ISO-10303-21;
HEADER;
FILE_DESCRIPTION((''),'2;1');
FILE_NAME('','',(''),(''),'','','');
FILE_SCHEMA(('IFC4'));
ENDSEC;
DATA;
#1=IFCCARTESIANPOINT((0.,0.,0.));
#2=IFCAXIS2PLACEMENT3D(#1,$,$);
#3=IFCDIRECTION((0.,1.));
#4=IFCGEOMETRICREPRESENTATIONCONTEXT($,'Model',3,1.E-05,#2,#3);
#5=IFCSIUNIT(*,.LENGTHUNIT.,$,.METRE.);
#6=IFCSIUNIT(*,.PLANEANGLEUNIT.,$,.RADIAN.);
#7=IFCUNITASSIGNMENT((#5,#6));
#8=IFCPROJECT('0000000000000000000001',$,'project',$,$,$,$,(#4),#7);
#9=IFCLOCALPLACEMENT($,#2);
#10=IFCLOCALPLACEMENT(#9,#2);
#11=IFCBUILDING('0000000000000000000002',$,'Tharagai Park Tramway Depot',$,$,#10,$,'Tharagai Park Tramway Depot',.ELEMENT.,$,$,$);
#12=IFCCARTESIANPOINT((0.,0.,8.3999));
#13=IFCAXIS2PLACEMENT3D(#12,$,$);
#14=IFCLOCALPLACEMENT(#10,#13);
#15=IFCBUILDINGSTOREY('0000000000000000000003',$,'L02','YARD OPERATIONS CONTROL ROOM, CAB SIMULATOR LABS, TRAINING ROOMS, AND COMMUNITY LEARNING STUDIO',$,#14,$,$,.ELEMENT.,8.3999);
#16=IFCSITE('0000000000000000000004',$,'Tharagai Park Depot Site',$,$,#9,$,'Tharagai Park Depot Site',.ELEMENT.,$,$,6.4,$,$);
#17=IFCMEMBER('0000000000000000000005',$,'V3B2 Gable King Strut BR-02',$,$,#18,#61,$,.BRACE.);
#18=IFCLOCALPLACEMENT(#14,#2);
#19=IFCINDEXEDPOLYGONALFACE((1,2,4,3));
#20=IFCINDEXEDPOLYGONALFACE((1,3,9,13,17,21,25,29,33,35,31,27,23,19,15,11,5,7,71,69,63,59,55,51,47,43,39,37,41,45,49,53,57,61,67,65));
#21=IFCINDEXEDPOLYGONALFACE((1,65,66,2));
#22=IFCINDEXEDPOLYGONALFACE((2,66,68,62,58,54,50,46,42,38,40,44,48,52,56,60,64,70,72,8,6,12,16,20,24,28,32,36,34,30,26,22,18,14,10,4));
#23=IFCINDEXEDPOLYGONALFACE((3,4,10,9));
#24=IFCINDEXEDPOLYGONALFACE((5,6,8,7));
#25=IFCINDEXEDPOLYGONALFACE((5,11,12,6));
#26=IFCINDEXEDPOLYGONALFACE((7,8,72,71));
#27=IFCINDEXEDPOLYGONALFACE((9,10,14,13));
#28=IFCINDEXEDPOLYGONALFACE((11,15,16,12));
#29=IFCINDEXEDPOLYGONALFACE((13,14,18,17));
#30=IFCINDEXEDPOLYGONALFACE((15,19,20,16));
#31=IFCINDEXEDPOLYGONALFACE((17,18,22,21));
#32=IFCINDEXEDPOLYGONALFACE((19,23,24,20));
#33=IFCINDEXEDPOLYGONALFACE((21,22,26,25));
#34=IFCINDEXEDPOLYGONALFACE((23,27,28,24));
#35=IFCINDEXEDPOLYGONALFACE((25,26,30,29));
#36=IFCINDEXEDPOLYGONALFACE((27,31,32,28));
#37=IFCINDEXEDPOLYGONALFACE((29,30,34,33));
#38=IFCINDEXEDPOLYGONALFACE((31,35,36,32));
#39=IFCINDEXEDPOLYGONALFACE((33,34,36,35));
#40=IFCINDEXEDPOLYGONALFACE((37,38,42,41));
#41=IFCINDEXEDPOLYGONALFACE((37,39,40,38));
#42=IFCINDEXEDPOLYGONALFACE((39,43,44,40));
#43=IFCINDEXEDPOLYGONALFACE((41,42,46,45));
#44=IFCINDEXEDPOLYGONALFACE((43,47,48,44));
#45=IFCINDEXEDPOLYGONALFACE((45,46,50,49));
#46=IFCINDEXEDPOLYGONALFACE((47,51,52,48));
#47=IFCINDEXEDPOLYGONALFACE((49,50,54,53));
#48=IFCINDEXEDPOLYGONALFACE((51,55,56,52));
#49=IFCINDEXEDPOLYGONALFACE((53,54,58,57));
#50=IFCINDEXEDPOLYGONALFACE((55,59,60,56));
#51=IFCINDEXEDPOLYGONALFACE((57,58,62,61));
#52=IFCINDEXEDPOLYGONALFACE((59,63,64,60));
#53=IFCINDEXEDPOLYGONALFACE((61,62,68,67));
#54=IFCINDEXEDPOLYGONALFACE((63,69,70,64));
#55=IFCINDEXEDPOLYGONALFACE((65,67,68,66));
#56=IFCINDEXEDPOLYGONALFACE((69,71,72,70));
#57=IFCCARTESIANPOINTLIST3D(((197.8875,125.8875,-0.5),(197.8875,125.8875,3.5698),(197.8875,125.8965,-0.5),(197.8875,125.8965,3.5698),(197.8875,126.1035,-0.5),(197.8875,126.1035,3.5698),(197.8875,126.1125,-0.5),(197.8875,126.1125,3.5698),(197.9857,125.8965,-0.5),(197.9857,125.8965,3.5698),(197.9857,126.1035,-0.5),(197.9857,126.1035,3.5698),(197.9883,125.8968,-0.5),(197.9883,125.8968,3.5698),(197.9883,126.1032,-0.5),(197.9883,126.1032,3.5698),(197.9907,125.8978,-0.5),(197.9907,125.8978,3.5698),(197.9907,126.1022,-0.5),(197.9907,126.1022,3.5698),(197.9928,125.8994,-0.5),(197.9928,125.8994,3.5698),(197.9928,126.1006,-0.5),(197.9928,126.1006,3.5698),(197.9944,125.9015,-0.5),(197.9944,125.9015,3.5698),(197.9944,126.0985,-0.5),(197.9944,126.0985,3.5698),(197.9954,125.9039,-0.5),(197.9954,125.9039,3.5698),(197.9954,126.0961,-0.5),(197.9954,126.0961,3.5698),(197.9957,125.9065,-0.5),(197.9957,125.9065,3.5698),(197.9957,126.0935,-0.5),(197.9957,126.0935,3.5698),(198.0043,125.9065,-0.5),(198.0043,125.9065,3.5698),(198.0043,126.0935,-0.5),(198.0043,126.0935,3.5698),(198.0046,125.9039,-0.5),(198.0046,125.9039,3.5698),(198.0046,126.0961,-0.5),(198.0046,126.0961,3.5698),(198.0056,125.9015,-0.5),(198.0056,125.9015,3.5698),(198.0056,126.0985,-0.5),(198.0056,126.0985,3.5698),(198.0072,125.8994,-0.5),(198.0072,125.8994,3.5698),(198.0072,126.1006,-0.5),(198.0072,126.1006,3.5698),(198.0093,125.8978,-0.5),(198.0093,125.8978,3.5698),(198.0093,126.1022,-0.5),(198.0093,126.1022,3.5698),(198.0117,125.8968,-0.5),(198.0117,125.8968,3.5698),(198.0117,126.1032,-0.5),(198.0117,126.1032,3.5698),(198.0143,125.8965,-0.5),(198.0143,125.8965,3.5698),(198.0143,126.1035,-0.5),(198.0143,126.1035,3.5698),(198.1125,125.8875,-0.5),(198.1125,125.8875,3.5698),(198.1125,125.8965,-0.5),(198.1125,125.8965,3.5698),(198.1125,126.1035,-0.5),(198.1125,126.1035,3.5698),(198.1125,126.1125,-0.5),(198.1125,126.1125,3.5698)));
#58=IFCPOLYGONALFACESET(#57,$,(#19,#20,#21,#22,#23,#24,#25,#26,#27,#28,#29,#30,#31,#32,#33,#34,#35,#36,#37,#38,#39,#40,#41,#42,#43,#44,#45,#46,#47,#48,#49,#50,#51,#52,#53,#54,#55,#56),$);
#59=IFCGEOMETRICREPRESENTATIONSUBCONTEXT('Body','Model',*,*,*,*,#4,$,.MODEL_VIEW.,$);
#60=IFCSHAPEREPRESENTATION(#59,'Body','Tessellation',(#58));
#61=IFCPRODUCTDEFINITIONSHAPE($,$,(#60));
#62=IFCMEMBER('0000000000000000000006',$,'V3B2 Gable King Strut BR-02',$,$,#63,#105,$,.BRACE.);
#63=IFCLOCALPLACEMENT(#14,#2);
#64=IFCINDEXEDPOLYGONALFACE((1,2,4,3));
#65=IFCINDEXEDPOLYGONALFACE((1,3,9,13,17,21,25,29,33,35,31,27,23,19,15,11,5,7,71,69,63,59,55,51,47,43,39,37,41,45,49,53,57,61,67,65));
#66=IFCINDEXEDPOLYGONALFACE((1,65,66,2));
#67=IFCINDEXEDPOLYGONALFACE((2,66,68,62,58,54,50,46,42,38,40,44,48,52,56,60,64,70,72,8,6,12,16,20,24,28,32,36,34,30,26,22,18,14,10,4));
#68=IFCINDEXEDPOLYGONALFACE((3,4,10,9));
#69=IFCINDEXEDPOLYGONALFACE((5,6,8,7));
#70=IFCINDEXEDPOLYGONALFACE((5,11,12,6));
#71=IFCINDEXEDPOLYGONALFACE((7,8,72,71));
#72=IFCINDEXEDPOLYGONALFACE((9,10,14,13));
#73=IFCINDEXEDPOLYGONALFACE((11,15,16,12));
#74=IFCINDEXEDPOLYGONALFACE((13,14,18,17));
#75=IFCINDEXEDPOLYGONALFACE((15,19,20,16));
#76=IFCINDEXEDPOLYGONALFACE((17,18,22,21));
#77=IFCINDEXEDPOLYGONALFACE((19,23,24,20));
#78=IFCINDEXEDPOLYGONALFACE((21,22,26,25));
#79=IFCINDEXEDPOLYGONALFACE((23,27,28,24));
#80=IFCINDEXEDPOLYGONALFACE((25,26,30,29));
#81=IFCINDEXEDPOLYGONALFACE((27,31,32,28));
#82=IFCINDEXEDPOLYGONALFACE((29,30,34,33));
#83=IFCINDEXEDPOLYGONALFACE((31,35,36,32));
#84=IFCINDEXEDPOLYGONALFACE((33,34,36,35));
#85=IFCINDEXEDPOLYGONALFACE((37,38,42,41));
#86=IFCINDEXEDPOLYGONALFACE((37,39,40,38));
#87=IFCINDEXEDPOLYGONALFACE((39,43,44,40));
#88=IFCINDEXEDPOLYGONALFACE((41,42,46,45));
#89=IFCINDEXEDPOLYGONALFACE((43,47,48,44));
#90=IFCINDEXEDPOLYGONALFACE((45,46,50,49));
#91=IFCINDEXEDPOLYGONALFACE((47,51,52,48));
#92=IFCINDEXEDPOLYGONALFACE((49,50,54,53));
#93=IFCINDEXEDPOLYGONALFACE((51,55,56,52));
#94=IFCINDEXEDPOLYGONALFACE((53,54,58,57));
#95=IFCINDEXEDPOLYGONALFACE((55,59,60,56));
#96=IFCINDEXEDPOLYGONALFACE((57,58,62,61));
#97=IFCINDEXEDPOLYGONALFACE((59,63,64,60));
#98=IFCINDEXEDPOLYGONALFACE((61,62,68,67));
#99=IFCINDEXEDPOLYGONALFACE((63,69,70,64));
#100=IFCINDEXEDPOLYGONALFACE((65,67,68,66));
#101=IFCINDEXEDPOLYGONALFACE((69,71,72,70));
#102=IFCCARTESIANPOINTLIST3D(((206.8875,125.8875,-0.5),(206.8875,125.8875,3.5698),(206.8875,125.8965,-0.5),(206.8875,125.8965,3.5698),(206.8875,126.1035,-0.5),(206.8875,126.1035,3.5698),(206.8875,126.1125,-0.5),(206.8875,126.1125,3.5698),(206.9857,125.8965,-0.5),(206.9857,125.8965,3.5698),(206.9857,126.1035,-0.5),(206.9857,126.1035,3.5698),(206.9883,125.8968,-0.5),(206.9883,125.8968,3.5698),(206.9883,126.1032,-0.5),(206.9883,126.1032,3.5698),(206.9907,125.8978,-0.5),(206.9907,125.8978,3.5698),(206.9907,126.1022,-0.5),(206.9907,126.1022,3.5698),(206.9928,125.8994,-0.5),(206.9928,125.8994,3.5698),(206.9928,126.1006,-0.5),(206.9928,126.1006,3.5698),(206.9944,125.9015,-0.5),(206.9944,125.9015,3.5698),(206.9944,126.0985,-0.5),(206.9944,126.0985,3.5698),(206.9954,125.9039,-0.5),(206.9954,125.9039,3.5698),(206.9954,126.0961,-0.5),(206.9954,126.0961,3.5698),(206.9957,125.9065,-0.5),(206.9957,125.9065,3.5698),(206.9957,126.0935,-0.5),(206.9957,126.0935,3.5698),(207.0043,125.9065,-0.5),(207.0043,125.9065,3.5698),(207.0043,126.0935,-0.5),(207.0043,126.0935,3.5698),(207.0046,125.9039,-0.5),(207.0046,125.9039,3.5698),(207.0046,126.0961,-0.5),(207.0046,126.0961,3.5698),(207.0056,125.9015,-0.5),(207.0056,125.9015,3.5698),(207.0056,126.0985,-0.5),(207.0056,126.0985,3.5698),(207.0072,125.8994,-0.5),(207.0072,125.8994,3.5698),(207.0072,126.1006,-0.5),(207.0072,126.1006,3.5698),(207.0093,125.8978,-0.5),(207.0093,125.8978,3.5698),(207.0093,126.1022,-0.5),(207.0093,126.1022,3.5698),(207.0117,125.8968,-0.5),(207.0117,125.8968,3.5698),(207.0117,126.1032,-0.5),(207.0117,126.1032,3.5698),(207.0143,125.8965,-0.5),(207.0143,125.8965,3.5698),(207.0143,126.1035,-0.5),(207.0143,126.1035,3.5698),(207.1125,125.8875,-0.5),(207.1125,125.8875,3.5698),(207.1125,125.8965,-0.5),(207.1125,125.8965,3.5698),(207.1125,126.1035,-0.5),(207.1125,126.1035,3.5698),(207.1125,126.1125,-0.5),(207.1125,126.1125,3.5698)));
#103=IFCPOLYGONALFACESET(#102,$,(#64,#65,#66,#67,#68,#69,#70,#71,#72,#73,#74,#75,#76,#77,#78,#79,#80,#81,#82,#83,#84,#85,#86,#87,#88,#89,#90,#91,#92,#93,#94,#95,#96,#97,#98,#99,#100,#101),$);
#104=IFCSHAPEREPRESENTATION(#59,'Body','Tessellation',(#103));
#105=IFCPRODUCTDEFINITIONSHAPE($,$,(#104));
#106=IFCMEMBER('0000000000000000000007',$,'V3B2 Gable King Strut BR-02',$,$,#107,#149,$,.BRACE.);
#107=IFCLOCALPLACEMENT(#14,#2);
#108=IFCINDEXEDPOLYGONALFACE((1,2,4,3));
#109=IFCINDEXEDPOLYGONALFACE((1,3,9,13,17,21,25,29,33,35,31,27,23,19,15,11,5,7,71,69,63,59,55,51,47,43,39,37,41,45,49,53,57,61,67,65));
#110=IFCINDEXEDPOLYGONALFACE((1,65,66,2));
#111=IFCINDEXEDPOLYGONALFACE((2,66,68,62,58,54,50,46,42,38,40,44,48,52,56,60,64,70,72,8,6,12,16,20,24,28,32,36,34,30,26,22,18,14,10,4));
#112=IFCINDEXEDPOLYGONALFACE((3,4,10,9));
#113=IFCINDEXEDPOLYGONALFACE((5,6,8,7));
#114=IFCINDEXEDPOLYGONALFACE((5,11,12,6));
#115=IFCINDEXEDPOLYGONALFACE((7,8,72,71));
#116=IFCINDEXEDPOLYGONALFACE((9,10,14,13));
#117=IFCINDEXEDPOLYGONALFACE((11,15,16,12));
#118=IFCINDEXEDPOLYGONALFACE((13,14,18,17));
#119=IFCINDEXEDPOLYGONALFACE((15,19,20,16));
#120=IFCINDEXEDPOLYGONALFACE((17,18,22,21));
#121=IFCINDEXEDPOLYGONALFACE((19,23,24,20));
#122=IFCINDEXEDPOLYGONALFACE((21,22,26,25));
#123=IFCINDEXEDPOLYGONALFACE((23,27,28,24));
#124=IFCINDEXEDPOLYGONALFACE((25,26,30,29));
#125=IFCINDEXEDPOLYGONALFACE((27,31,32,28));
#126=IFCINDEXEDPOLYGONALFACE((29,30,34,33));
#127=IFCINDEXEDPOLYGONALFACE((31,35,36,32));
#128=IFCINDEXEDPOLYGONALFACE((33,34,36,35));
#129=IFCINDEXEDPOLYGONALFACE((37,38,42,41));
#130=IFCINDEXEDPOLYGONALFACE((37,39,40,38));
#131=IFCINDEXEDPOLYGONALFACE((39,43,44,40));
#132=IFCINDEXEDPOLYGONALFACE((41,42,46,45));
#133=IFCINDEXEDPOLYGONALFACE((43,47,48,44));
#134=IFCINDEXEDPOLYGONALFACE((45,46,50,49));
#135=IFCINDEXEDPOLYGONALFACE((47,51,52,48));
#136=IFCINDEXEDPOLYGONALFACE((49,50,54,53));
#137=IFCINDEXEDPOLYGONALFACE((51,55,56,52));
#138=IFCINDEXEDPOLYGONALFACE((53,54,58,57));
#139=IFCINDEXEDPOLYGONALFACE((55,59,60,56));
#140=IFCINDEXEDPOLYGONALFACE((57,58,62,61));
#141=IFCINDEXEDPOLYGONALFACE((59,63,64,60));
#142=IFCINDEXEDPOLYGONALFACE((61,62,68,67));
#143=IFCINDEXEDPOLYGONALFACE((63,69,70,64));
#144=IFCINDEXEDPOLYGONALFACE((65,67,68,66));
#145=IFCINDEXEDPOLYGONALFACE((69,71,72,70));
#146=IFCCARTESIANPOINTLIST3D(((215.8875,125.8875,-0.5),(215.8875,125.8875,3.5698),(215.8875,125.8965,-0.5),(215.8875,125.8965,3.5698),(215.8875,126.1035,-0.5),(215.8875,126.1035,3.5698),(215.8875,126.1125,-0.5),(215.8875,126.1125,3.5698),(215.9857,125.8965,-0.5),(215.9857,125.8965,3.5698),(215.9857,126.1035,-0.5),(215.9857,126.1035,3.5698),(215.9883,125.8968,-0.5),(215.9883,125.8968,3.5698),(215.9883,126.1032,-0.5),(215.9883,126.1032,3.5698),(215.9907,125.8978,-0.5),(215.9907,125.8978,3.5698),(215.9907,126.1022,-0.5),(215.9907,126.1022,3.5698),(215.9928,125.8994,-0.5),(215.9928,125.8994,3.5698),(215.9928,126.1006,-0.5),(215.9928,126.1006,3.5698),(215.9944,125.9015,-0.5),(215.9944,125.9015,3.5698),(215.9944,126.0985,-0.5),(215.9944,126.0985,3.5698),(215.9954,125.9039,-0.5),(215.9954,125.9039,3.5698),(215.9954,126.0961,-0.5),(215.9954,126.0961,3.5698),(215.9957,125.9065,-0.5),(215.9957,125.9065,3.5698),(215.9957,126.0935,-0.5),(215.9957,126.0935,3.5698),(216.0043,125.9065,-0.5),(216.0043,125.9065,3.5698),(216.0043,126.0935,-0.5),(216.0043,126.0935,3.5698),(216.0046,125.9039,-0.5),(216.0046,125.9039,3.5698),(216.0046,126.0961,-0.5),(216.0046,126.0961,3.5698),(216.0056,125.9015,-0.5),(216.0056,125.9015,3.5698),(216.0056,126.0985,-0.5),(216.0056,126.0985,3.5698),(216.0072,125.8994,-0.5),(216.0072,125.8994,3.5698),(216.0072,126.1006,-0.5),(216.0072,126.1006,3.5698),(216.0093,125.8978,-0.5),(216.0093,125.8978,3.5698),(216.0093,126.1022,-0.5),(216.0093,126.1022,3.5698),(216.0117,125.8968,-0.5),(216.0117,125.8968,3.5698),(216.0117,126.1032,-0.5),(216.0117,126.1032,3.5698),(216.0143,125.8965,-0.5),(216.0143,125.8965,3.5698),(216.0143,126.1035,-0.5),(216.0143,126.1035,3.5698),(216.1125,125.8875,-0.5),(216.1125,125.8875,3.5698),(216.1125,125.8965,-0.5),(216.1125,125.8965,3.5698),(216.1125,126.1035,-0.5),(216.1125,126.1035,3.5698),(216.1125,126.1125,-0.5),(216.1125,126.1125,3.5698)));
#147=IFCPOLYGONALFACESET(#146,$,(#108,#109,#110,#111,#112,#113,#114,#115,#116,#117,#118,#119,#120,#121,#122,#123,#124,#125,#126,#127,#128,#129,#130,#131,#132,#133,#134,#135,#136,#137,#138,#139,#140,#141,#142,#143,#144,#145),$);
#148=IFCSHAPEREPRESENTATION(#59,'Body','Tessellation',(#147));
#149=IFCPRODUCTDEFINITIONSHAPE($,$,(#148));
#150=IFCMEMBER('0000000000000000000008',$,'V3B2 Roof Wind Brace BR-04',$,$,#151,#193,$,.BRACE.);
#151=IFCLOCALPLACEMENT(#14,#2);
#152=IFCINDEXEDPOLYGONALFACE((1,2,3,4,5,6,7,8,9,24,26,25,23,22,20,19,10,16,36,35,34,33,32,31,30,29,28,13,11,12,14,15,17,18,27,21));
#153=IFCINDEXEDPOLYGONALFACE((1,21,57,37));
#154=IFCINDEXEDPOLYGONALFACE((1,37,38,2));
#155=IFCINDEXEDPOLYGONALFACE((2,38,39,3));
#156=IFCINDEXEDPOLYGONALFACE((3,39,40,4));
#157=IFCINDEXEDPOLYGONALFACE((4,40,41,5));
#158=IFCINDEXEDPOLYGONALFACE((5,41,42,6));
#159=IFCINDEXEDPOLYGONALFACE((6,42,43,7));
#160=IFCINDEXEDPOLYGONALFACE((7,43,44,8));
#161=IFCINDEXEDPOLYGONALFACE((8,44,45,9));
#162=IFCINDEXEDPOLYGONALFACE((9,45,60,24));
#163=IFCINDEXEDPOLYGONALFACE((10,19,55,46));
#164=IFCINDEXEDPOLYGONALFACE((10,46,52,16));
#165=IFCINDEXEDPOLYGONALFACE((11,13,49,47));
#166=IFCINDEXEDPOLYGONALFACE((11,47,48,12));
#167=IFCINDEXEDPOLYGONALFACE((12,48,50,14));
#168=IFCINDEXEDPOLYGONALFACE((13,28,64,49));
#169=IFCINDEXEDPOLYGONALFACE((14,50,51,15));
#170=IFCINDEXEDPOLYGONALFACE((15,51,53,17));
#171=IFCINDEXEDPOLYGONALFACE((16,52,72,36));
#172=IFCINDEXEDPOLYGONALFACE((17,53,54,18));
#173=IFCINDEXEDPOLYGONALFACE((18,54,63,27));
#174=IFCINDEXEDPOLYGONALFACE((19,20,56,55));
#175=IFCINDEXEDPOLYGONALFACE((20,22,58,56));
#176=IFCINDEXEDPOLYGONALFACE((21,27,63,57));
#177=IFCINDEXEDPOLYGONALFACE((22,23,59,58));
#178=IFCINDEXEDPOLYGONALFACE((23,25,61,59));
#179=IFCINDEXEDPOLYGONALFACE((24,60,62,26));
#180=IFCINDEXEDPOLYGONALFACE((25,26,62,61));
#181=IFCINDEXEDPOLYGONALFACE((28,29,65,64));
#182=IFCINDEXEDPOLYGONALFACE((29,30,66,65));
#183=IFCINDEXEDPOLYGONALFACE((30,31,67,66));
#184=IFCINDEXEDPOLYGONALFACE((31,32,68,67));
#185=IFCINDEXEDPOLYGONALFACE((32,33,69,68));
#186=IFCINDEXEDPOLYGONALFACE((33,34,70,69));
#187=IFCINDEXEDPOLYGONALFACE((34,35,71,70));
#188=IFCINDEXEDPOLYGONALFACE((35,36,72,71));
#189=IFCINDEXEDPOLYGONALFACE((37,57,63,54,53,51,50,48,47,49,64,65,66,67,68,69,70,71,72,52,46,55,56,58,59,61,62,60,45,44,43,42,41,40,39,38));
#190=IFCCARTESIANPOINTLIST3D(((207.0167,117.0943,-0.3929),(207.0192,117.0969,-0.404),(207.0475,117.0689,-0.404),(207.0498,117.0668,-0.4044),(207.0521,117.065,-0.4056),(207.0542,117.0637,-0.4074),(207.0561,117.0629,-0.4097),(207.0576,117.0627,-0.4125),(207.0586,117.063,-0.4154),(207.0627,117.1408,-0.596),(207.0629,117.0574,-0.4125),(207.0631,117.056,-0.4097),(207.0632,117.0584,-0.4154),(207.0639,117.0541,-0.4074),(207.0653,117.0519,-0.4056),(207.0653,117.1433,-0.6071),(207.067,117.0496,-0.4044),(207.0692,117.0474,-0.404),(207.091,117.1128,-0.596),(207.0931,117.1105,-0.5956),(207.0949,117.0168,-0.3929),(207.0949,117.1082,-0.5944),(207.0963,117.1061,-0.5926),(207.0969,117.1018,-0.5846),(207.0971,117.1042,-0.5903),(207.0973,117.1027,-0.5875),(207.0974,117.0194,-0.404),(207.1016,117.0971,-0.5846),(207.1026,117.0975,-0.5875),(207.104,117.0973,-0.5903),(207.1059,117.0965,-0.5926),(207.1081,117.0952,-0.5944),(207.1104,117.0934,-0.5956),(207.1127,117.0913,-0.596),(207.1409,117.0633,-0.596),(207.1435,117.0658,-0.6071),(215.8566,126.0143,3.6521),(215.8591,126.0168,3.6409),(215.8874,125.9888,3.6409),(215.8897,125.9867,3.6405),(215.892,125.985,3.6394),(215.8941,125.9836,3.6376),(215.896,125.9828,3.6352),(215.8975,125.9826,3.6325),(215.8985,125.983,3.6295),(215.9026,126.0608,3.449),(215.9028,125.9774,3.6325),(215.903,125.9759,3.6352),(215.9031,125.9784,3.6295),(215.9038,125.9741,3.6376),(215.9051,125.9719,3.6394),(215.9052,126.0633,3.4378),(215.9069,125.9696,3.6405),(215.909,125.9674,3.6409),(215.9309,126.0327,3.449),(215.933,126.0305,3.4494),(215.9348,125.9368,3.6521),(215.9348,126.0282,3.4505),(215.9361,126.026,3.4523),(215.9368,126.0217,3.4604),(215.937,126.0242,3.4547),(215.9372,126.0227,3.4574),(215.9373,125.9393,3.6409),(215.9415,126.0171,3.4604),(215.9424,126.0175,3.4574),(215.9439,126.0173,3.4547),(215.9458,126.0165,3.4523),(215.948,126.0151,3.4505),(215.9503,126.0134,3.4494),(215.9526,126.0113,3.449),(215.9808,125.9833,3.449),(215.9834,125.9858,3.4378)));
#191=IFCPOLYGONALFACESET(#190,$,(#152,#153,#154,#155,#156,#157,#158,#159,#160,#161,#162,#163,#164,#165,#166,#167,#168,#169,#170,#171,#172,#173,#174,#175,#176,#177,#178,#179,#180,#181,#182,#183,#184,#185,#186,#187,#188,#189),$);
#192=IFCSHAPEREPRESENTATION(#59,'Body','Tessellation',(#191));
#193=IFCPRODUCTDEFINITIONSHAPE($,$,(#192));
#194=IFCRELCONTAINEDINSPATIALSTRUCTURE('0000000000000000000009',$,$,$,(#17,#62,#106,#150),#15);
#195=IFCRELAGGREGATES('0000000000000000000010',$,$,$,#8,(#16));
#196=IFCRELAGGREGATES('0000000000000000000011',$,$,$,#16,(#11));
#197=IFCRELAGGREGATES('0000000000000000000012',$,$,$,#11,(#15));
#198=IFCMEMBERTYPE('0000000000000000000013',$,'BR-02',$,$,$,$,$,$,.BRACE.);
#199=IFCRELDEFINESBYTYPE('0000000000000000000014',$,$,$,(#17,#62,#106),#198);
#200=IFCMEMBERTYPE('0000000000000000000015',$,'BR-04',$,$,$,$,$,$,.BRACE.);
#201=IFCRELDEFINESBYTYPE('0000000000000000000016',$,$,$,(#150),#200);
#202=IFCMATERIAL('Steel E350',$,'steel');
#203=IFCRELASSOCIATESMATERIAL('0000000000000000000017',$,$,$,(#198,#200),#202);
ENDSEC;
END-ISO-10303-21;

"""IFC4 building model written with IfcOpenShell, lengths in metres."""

from ifc_helpers import new_model, si_unit, direction, frame, origin, origin_2d, place, context, subcontext, project, spatial, i_section, extrude, material, material_profile, profile_set, type_object, element, save


model = new_model("IFC4")

# Units and contexts
model_context = context("Model", 3, precision=1e-05, world=origin(), true_north=direction((0.0, 1.0)))
body_context = subcontext(model_context, "Body", "Model", "MODEL_VIEW")
ifc_project = project(units=[si_unit("LENGTHUNIT", "METRE"), si_unit("PLANEANGLEUNIT", "RADIAN")], contexts=[model_context])

# Site, building, storey
site_placement = place(None, origin())
site = spatial("IfcSite", under=ifc_project, at=site_placement, Name="Tharagai Park Depot Site", LongName="Tharagai Park Depot Site", CompositionType="ELEMENT", RefElevation=6.4)
building_placement = place(site_placement, origin())
building = spatial("IfcBuilding", under=site, at=building_placement, Name="Tharagai Park Tramway Depot", LongName="Tharagai Park Tramway Depot", CompositionType="ELEMENT")
storey_placement = place(building_placement, frame((0.0, 0.0, 8.3999)))
storey = spatial("IfcBuildingStorey", under=building, at=storey_placement, Name="L02", Description="YARD OPERATIONS CONTROL ROOM, CAB SIMULATOR LABS, TRAINING ROOMS, AND COMMUNITY LEARNING STUDIO", CompositionType="ELEMENT", Elevation=8.3999)

# Shared definitions
ifc_material_1 = material(Name="Steel E350", Category="steel")

# Members
ifc_material_profile_1 = material_profile(ifc_material_1, i_section(OverallWidth=0.2251, OverallDepth=0.2251, WebThickness=0.0085, FlangeThickness=0.009, FilletRadius=0.01, at=origin_2d()), Name="ISHB 225")
ifc_profile_set_1 = profile_set([ifc_material_profile_1], Name="Steel E350")
member_type_1 = type_object("IfcMemberType", Name="BR-02", PredefinedType="BRACE", material=ifc_profile_set_1)
for number, where, z_axis, x_axis, name in (
    (1, (198.0, 126.0, -0.5), (0.0, 0.0, 1.0), (1.0, 0.0, 0.0), "V3B2 Gable King Strut BR-02"),
    (2, (207.0, 126.0, -0.5), (0.0, 0.0, 1.0), (1.0, 0.0, 0.0), "V3B2 Gable King Strut BR-02"),
    (3, (216.0, 126.0, -0.5), (0.0, 0.0, 1.0), (1.0, 0.0, 0.0), "V3B2 Gable King Strut BR-02"),
):
    element("IfcMember", number, at=place(storey_placement, frame(where, z_axis=z_axis, x_axis=x_axis)), inside=storey, type_object=member_type_1, Name=name, PredefinedType="BRACE", context=body_context, shape_type="SweptSolid", body=[
        extrude(i_section(OverallWidth=0.2251, OverallDepth=0.2251, WebThickness=0.0085, FlangeThickness=0.009, FilletRadius=0.01, at=origin_2d()), origin(), (0.0, 0.0, 1.0), 4.0698),
    ])
ifc_material_profile_2 = material_profile(ifc_material_1, i_section(OverallWidth=0.1101, OverallDepth=0.2251, WebThickness=0.0066, FlangeThickness=0.0117, FilletRadius=0.012, at=origin_2d()), Name="ISMB 225")
ifc_profile_set_2 = profile_set([ifc_material_profile_2], Name="Steel E350")
member_type_2 = type_object("IfcMemberType", Name="BR-04", PredefinedType="BRACE", material=ifc_profile_set_2)
for number, where, z_axis, x_axis, name in (
    (4, (207.0801, 117.0801, -0.5), (0.670014, 0.676083, 0.306584), (-0.710288, 0.703911, 0.0), "V3B2 Roof Wind Brace BR-04"),
):
    element("IfcMember", number, at=place(storey_placement, frame(where, z_axis=z_axis, x_axis=x_axis)), inside=storey, type_object=member_type_2, Name=name, PredefinedType="BRACE", context=body_context, shape_type="SweptSolid", body=[
        extrude(i_section(OverallWidth=0.1101, OverallDepth=0.2251, WebThickness=0.0066, FlangeThickness=0.0117, FilletRadius=0.012, at=origin_2d()), origin(), (0.0, 0.0, 1.0), 13.1936),
    ])

save(model, "model.ifc")
